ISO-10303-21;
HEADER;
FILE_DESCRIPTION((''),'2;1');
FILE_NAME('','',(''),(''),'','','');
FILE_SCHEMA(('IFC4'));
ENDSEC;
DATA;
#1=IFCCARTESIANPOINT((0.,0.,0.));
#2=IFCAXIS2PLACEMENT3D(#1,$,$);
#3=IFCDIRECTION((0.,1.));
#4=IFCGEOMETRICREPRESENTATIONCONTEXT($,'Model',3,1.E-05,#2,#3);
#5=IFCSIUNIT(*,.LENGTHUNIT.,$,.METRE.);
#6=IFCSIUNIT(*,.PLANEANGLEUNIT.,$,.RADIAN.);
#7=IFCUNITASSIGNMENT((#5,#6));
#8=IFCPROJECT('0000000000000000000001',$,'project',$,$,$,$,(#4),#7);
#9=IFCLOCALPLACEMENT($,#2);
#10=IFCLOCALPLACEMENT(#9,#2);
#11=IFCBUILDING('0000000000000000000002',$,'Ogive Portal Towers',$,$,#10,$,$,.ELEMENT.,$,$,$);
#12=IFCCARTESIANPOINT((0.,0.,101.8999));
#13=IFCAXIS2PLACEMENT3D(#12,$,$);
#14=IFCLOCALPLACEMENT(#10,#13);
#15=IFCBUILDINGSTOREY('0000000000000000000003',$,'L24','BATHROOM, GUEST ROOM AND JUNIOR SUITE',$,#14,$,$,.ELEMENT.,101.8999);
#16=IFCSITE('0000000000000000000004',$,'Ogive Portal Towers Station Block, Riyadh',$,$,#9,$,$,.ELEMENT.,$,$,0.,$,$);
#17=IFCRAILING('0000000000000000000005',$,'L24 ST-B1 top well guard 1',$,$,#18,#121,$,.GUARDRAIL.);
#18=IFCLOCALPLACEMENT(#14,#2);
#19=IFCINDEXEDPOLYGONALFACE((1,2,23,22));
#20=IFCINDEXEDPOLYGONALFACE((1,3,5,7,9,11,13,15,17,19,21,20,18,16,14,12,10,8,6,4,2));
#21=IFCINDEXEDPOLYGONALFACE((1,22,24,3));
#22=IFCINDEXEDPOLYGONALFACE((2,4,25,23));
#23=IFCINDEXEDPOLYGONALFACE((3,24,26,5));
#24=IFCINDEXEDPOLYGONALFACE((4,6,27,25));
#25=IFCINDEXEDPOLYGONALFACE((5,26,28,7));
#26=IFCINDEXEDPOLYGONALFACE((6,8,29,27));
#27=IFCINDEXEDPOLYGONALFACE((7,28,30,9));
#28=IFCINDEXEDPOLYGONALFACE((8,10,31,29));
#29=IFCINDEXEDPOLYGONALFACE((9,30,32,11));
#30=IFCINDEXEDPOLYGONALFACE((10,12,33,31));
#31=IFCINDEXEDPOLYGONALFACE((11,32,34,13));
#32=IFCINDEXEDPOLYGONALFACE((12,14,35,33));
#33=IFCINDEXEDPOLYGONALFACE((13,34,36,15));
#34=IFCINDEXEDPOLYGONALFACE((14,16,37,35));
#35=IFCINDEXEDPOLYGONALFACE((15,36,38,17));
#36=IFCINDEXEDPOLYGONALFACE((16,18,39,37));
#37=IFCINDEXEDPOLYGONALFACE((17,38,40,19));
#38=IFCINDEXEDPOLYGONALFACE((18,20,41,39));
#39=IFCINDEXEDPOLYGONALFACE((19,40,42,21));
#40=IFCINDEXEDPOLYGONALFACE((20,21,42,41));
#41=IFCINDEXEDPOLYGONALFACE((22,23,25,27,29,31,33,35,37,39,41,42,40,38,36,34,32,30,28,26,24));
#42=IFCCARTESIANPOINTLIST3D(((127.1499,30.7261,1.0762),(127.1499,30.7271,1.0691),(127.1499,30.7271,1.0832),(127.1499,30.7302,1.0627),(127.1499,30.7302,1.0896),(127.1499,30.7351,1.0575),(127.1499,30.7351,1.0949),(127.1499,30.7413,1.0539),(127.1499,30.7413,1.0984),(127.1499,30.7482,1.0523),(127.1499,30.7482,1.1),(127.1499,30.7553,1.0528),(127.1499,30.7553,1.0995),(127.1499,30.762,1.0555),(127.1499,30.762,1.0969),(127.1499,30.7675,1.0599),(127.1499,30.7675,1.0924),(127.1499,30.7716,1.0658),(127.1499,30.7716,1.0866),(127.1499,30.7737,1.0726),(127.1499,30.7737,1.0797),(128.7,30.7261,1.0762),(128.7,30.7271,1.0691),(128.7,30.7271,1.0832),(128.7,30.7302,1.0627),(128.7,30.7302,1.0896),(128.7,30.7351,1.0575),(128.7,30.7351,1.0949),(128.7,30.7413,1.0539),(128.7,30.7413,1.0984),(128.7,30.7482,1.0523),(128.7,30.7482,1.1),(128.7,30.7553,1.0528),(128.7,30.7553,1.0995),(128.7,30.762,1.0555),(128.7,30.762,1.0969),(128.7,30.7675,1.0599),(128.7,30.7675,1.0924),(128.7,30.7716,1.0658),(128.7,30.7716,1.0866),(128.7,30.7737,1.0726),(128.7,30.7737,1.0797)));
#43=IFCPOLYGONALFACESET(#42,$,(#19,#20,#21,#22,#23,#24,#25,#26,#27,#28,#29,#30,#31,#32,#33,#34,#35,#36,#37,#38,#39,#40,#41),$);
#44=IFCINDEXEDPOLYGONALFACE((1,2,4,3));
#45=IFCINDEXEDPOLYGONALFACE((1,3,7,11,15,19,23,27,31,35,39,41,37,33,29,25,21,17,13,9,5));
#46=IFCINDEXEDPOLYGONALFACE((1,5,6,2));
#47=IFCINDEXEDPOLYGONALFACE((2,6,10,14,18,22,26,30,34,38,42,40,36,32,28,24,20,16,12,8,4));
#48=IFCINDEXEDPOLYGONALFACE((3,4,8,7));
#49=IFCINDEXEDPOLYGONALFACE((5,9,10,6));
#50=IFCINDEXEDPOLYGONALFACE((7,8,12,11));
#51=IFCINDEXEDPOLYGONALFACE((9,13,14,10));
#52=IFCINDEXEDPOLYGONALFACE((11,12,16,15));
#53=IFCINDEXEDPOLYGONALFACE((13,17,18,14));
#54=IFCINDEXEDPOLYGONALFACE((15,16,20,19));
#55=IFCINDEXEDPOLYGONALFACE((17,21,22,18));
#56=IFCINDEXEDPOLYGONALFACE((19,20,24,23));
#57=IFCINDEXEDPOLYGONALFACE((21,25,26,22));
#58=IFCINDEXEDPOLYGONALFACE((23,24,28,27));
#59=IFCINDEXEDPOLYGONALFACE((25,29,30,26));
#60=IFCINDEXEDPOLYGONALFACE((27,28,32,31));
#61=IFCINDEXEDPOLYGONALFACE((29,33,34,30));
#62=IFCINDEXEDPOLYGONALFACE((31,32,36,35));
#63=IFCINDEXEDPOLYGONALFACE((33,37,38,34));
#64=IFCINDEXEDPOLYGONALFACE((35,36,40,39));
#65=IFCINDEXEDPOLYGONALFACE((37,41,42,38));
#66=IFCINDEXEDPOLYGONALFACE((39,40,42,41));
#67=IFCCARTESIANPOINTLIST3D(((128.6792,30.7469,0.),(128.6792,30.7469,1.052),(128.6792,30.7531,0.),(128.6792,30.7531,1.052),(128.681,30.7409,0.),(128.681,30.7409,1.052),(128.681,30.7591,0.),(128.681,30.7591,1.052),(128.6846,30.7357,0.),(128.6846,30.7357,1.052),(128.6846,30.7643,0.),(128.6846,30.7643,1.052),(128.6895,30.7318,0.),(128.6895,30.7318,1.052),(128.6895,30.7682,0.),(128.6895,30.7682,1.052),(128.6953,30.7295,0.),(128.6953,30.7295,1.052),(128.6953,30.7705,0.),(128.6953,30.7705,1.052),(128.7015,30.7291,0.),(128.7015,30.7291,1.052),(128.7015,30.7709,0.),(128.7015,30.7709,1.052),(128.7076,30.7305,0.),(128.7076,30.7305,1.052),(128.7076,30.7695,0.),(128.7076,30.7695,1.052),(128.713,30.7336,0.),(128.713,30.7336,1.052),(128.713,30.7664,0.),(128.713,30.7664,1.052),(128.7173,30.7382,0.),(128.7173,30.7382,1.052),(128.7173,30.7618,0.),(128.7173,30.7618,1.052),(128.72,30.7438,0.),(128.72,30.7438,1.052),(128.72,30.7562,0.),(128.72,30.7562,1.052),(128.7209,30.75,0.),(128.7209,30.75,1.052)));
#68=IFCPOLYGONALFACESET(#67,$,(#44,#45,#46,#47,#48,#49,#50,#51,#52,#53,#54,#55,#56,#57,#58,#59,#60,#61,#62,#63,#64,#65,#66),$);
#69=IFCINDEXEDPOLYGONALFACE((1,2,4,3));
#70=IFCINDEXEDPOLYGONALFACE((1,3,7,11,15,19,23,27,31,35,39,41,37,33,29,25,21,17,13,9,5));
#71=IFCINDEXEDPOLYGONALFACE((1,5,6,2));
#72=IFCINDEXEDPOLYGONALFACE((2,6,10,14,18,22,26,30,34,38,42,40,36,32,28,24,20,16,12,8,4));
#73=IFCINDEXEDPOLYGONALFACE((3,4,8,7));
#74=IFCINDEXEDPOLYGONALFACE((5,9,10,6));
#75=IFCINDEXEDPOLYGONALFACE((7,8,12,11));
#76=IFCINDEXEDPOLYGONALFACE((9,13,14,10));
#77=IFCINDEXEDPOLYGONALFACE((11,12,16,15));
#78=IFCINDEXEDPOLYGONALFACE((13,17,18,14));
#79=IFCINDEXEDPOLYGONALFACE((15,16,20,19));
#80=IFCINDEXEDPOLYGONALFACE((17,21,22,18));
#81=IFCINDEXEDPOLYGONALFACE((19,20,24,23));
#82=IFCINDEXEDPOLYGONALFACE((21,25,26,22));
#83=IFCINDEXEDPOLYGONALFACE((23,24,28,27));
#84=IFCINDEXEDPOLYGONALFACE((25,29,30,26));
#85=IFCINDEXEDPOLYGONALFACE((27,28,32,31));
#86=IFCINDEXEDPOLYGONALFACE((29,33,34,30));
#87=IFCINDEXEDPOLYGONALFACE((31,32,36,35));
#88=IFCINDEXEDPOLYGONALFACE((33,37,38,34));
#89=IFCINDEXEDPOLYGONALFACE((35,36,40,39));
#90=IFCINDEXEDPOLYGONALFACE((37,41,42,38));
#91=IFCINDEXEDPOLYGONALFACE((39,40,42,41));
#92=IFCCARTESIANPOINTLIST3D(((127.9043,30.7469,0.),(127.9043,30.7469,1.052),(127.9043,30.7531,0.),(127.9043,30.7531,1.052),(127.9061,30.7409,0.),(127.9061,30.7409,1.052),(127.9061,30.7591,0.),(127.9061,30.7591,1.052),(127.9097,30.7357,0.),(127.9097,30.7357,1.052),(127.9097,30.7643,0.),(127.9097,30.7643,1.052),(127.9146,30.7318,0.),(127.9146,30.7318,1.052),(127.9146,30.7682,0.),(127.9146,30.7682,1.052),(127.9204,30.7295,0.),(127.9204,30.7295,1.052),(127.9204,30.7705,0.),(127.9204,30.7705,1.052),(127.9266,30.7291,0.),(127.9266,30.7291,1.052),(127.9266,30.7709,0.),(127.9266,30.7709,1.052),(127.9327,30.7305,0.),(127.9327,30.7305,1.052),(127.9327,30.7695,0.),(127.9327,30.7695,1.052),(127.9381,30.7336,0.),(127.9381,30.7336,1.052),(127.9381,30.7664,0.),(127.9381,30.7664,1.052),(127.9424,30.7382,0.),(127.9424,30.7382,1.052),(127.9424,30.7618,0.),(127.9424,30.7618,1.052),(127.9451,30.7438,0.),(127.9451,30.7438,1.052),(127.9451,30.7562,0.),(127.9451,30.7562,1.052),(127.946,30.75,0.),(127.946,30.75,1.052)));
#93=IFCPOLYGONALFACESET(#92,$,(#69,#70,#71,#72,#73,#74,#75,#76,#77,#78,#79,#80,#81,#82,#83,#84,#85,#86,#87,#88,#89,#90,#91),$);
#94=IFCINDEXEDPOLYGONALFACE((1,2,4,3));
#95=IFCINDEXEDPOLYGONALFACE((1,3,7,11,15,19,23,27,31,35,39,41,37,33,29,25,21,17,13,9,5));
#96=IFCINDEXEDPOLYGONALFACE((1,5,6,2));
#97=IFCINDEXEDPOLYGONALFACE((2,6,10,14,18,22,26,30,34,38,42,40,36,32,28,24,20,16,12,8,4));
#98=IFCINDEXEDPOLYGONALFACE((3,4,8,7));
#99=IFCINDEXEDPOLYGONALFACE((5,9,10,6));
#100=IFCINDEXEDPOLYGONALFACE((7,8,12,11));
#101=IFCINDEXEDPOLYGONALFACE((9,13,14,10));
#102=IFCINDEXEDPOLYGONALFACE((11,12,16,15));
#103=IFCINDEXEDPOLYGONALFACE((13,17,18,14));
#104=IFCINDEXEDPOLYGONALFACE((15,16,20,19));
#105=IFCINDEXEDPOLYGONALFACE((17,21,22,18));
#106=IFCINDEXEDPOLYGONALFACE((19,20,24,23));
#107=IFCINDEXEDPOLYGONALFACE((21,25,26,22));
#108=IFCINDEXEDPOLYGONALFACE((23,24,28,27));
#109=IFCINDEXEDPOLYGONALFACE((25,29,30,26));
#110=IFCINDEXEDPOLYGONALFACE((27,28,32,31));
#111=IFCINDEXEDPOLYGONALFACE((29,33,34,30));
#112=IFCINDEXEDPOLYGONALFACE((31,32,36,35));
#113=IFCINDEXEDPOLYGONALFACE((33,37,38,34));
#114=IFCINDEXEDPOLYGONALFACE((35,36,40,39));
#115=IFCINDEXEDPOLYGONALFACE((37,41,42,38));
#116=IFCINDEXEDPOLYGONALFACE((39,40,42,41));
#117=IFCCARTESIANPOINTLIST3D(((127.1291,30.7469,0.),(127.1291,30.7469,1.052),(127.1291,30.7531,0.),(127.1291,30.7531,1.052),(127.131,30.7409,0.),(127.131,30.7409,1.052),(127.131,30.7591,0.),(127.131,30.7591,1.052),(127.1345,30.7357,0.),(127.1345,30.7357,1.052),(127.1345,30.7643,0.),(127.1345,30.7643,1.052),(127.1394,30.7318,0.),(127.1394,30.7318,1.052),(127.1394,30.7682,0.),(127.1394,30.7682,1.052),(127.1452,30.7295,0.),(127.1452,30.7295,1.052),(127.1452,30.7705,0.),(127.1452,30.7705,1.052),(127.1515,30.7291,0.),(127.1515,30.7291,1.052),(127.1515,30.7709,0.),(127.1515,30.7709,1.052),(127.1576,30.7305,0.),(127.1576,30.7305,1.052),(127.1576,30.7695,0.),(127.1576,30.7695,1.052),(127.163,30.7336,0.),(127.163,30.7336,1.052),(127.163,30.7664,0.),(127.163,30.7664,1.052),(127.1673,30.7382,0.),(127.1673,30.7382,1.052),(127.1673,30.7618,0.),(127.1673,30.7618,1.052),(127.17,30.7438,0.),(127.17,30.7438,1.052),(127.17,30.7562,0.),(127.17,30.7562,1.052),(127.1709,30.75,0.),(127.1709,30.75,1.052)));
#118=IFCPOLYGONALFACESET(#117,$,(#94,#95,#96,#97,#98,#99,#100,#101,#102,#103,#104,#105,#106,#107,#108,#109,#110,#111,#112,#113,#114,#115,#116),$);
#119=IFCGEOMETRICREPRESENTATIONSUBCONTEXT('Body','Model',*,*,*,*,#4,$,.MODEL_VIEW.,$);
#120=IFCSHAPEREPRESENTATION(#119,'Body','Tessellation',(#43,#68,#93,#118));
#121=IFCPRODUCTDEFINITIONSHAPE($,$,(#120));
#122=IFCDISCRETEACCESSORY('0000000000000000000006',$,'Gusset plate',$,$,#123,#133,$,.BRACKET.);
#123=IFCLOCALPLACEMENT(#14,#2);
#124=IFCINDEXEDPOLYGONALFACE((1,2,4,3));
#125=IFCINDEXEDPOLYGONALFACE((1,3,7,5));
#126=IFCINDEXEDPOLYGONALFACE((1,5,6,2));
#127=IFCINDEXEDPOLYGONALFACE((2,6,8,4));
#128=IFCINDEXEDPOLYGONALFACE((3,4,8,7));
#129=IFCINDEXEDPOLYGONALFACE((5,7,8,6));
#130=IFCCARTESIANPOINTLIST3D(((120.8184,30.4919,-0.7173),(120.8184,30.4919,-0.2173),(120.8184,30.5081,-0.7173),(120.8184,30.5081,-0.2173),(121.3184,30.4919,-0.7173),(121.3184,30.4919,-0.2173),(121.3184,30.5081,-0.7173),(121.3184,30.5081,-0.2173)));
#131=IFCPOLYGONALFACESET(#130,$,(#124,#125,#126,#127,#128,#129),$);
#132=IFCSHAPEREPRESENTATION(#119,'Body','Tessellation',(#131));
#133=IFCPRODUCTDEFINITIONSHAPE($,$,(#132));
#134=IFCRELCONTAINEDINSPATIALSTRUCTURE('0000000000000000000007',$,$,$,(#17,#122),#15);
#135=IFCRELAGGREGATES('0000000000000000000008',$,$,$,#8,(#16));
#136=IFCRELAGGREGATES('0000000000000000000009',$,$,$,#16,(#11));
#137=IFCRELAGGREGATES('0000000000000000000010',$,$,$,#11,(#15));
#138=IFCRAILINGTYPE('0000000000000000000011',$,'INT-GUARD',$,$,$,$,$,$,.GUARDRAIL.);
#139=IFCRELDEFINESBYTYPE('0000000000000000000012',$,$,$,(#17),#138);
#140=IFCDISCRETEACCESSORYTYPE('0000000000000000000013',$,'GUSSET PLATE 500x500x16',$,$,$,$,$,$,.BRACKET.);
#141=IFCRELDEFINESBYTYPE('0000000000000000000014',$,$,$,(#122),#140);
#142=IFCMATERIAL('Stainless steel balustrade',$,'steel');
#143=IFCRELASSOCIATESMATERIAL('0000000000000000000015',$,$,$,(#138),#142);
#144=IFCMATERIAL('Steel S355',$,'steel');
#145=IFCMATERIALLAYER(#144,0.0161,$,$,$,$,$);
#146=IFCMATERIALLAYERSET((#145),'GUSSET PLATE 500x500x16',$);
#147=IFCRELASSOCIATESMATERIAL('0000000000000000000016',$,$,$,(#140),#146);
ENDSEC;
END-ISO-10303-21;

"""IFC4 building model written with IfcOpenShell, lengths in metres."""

from ifc_helpers import new_model, si_unit, direction, frame, origin, origin_2d, place, context, subcontext, project, spatial, rectangle, circle, extrude, material, layer, layer_set, type_object, element, save


model = new_model("IFC4")

# Units and contexts
model_context = context("Model", 3, precision=1e-05, world=origin(), true_north=direction((0.0, 1.0)))
body_context = subcontext(model_context, "Body", "Model", "MODEL_VIEW")
ifc_project = project(units=[si_unit("LENGTHUNIT", "METRE"), si_unit("PLANEANGLEUNIT", "RADIAN")], contexts=[model_context])

# Site, building, storey
site_placement = place(None, origin())
site = spatial("IfcSite", under=ifc_project, at=site_placement, Name="Ogive Portal Towers Station Block, Riyadh", CompositionType="ELEMENT", RefElevation=0.0)
building_placement = place(site_placement, origin())
building = spatial("IfcBuilding", under=site, at=building_placement, Name="Ogive Portal Towers", CompositionType="ELEMENT")
storey_placement = place(building_placement, frame((0.0, 0.0, 101.8999)))
storey = spatial("IfcBuildingStorey", under=building, at=storey_placement, Name="L24", Description="BATHROOM, GUEST ROOM AND JUNIOR SUITE", CompositionType="ELEMENT", Elevation=101.8999)

# Railing
ifc_material_1 = material(Name="Stainless steel balustrade", Category="steel")
railing_type = type_object("IfcRailingType", Name="INT-GUARD", PredefinedType="GUARDRAIL", material=ifc_material_1)
railing_placement = place(storey_placement, frame((128.7, 30.75, 0.0)))
element("IfcRailing", 1, at=railing_placement, inside=storey, type_object=railing_type, Name="L24 ST-B1 top well guard 1", PredefinedType="GUARDRAIL", context=body_context, shape_type="SweptSolid", body=[
    extrude(circle(Radius=0.0239, at=origin_2d()), frame((0.0, 0.0, 1.0762), z_axis=(-1.0, 0.0, 0.0), x_axis=(0.0, -1.0, 0.0)), (0.0, 0.0, 1.0), 1.55),
    extrude(circle(Radius=0.021, at=origin_2d()), origin(), (0.0, 0.0, 1.0), 1.052),
    extrude(circle(Radius=0.021, at=origin_2d()), frame((-0.7749, 0.0, 0.0)), (0.0, 0.0, 1.0), 1.052),
    extrude(circle(Radius=0.021, at=origin_2d()), frame((-1.55, 0.0, 0.0)), (0.0, 0.0, 1.0), 1.052),
])

# Discrete accessory
ifc_material_2 = material(Name="Steel S355", Category="steel")
ifc_layer_1 = layer(ifc_material_2, 0.0161)
ifc_layer_set_1 = layer_set([ifc_layer_1], Name="GUSSET PLATE 500x500x16")
discrete_accessory_type = type_object("IfcDiscreteAccessoryType", Name="GUSSET PLATE 500x500x16", PredefinedType="BRACKET", material=ifc_layer_set_1)
discrete_accessory_placement = place(storey_placement, frame((121.0684, 30.5, -0.7173), z_axis=(0.0, 0.0, 1.0), x_axis=(1.0, 0.0, 0.0)))
element("IfcDiscreteAccessory", 2, at=discrete_accessory_placement, inside=storey, type_object=discrete_accessory_type, Name="Gusset plate", PredefinedType="BRACKET", context=body_context, shape_type="SweptSolid", body=[
    extrude(rectangle(XDim=0.5, YDim=0.0161, at=origin_2d()), origin(), (0.0, 0.0, 1.0), 0.5),
])

save(model, "model.ifc")
